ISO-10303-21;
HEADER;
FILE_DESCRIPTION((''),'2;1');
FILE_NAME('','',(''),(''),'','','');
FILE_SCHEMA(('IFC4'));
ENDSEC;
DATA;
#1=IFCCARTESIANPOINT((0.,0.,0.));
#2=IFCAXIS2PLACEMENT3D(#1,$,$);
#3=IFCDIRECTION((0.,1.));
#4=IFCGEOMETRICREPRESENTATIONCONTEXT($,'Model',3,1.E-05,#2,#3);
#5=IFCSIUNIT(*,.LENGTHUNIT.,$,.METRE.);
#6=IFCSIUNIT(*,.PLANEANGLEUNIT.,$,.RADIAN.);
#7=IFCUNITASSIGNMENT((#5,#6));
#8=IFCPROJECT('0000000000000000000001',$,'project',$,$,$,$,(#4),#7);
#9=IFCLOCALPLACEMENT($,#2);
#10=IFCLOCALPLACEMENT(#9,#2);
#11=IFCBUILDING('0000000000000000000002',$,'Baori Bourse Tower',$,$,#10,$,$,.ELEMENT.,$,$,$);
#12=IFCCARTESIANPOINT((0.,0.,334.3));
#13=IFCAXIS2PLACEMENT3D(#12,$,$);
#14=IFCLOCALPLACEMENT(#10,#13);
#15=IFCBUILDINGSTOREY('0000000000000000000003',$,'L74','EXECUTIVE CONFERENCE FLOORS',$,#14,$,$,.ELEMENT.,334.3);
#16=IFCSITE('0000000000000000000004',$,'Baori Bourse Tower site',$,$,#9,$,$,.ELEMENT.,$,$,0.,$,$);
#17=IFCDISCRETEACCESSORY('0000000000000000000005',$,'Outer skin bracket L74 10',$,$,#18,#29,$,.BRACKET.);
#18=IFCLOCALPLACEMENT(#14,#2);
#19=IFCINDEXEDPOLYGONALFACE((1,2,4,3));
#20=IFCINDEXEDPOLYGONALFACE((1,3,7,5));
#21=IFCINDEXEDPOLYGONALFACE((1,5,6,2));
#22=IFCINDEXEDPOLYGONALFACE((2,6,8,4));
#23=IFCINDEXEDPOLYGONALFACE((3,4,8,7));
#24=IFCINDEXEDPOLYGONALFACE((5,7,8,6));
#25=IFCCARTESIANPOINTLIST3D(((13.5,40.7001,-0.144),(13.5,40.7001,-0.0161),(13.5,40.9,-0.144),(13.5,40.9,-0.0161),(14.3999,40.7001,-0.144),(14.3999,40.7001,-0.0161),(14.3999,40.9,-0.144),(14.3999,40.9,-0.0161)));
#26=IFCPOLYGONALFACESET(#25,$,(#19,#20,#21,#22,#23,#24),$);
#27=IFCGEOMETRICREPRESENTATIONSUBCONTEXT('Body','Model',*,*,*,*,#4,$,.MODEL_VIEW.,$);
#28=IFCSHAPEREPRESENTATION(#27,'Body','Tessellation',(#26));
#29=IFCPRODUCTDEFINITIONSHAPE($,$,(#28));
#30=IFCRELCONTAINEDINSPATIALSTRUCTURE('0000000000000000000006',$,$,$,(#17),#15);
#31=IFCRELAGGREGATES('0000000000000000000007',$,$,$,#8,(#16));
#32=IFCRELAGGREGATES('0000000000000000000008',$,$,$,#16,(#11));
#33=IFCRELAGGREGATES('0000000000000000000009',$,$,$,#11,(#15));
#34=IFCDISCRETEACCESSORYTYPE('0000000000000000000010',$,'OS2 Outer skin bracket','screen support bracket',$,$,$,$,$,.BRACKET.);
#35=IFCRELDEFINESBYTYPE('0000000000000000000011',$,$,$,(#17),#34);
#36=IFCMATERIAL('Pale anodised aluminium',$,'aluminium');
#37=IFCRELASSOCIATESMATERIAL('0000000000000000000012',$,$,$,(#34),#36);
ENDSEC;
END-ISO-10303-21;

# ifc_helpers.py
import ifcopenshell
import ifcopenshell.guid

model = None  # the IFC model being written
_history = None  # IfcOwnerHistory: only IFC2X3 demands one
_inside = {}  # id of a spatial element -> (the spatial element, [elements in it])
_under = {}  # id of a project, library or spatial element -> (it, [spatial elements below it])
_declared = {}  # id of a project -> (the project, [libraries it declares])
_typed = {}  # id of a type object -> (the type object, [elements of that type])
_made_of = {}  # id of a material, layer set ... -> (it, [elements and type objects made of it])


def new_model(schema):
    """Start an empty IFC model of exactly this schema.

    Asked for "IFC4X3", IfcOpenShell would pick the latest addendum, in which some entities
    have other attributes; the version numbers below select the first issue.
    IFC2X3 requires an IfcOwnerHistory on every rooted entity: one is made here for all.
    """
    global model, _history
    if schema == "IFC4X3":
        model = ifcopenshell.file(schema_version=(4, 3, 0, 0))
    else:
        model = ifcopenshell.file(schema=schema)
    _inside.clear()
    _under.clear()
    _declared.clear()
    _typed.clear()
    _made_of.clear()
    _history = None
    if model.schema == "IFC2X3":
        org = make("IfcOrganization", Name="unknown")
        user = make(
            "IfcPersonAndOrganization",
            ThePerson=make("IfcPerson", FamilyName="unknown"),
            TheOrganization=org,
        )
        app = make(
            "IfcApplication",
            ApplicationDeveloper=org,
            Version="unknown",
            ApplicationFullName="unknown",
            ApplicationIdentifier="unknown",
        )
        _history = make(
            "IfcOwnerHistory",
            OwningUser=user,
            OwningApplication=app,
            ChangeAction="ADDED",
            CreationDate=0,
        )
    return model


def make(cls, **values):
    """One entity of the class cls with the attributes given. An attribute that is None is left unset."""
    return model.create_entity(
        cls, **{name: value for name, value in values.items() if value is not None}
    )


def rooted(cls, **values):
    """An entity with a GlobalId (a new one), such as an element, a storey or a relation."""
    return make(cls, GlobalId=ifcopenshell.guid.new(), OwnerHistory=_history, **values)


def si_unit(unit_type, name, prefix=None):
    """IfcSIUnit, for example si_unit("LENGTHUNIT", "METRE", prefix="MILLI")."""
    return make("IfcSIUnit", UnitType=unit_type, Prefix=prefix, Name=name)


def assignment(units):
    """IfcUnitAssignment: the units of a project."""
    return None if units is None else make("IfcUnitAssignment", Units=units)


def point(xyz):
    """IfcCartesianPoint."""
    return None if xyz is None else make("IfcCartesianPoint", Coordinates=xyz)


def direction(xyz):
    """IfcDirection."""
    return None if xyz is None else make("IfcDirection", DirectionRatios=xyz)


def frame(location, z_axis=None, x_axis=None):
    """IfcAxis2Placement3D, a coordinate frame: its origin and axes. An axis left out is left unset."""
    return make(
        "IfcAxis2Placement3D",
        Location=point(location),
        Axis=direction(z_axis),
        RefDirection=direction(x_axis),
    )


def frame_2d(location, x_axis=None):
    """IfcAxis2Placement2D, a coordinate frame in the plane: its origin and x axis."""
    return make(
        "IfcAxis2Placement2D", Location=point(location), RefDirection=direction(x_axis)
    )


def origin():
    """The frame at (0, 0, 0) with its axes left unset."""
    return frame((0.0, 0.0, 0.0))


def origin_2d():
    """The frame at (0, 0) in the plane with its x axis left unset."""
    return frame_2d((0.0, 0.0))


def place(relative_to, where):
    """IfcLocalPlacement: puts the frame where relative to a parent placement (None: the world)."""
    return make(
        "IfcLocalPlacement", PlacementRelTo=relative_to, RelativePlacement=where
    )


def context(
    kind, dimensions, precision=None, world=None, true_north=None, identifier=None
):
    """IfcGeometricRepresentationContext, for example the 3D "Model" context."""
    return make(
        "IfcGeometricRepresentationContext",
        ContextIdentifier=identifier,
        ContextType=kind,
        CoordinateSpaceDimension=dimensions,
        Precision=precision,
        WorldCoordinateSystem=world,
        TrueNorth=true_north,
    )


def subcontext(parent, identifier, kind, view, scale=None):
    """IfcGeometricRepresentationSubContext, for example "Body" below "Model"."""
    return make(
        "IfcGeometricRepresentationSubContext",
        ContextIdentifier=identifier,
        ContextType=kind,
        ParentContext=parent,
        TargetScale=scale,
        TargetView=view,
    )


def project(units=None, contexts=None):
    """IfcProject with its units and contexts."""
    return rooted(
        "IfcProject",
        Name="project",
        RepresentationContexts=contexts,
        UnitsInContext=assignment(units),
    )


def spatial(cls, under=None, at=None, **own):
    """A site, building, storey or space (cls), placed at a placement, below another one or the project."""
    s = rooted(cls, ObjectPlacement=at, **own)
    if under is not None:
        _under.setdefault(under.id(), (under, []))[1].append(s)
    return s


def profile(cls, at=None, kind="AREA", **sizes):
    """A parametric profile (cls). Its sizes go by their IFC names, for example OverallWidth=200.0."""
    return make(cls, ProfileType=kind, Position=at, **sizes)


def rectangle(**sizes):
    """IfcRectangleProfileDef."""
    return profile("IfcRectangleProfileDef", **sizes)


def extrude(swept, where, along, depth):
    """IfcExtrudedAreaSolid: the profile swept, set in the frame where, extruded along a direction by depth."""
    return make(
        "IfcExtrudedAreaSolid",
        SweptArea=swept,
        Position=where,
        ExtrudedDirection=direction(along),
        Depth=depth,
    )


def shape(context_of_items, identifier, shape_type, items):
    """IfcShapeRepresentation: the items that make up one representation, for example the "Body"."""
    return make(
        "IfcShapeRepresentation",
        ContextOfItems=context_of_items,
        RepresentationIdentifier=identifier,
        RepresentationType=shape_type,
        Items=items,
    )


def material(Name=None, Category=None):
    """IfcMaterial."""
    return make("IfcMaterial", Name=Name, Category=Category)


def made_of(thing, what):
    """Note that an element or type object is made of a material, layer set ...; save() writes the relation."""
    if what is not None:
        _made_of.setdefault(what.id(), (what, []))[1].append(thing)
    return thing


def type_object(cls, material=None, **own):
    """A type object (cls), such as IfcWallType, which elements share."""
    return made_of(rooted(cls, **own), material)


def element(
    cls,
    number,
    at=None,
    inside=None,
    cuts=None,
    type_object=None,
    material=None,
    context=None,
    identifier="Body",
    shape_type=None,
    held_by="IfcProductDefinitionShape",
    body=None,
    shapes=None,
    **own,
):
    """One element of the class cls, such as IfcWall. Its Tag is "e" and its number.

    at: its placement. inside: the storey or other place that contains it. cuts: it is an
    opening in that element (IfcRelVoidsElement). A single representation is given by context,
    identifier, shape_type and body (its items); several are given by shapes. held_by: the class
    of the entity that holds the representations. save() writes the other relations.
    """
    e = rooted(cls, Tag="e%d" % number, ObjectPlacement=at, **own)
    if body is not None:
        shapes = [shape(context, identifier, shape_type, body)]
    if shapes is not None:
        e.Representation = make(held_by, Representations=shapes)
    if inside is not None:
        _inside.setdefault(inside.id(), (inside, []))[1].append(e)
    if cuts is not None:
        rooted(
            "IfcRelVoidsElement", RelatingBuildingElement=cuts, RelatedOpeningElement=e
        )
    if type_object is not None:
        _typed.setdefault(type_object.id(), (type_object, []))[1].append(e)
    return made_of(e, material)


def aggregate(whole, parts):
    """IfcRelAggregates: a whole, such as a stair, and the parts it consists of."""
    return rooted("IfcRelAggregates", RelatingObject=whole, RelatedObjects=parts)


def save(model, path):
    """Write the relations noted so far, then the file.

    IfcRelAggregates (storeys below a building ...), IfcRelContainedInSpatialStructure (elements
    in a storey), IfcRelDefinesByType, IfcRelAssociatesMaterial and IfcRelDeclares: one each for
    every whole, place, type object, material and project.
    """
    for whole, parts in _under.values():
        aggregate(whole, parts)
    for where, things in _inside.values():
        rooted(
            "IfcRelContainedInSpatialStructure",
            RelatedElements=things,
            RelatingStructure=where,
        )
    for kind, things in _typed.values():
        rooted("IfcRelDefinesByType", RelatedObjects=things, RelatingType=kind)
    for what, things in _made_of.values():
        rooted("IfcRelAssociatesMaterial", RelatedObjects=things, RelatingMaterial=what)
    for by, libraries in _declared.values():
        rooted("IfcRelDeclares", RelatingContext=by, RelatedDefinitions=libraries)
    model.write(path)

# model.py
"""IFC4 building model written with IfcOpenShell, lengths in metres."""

from ifc_helpers import new_model, si_unit, direction, frame, origin, origin_2d, place, context, subcontext, project, spatial, rectangle, extrude, material, type_object, element, save


model = new_model("IFC4")

# Units and contexts
model_context = context("Model", 3, precision=1e-05, world=origin(), true_north=direction((0.0, 1.0)))
body_context = subcontext(model_context, "Body", "Model", "MODEL_VIEW")
ifc_project = project(units=[si_unit("LENGTHUNIT", "METRE"), si_unit("PLANEANGLEUNIT", "RADIAN")], contexts=[model_context])

# Site, building, storey
site_placement = place(None, origin())
site = spatial("IfcSite", under=ifc_project, at=site_placement, Name="Baori Bourse Tower site", CompositionType="ELEMENT", RefElevation=0.0)
building_placement = place(site_placement, origin())
building = spatial("IfcBuilding", under=site, at=building_placement, Name="Baori Bourse Tower", CompositionType="ELEMENT")
storey_placement = place(building_placement, frame((0.0, 0.0, 334.3)))
storey = spatial("IfcBuildingStorey", under=building, at=storey_placement, Name="L74", Description="EXECUTIVE CONFERENCE FLOORS", CompositionType="ELEMENT", Elevation=334.3)

# Discrete accessory
ifc_material_1 = material(Name="Pale anodised aluminium", Category="aluminium")
discrete_accessory_type = type_object("IfcDiscreteAccessoryType", Name="OS2 Outer skin bracket", Description="screen support bracket", PredefinedType="BRACKET", material=ifc_material_1)
for number, where, z_axis, x_axis, name in (
    (1, (13.95, 40.8, -0.144), (0.0, 0.0, 1.0), (0.0, -1.0, 0.0), "Outer skin bracket L74 10"),
):
    element("IfcDiscreteAccessory", number, at=place(storey_placement, frame(where, z_axis=z_axis, x_axis=x_axis)), inside=storey, type_object=discrete_accessory_type, Name=name, PredefinedType="BRACKET", context=body_context, shape_type="SweptSolid", body=[
        extrude(rectangle(XDim=0.2, YDim=0.8999, at=origin_2d()), origin(), (0.0, 0.0, 1.0), 0.1279),
    ])

save(model, "model.ifc")
